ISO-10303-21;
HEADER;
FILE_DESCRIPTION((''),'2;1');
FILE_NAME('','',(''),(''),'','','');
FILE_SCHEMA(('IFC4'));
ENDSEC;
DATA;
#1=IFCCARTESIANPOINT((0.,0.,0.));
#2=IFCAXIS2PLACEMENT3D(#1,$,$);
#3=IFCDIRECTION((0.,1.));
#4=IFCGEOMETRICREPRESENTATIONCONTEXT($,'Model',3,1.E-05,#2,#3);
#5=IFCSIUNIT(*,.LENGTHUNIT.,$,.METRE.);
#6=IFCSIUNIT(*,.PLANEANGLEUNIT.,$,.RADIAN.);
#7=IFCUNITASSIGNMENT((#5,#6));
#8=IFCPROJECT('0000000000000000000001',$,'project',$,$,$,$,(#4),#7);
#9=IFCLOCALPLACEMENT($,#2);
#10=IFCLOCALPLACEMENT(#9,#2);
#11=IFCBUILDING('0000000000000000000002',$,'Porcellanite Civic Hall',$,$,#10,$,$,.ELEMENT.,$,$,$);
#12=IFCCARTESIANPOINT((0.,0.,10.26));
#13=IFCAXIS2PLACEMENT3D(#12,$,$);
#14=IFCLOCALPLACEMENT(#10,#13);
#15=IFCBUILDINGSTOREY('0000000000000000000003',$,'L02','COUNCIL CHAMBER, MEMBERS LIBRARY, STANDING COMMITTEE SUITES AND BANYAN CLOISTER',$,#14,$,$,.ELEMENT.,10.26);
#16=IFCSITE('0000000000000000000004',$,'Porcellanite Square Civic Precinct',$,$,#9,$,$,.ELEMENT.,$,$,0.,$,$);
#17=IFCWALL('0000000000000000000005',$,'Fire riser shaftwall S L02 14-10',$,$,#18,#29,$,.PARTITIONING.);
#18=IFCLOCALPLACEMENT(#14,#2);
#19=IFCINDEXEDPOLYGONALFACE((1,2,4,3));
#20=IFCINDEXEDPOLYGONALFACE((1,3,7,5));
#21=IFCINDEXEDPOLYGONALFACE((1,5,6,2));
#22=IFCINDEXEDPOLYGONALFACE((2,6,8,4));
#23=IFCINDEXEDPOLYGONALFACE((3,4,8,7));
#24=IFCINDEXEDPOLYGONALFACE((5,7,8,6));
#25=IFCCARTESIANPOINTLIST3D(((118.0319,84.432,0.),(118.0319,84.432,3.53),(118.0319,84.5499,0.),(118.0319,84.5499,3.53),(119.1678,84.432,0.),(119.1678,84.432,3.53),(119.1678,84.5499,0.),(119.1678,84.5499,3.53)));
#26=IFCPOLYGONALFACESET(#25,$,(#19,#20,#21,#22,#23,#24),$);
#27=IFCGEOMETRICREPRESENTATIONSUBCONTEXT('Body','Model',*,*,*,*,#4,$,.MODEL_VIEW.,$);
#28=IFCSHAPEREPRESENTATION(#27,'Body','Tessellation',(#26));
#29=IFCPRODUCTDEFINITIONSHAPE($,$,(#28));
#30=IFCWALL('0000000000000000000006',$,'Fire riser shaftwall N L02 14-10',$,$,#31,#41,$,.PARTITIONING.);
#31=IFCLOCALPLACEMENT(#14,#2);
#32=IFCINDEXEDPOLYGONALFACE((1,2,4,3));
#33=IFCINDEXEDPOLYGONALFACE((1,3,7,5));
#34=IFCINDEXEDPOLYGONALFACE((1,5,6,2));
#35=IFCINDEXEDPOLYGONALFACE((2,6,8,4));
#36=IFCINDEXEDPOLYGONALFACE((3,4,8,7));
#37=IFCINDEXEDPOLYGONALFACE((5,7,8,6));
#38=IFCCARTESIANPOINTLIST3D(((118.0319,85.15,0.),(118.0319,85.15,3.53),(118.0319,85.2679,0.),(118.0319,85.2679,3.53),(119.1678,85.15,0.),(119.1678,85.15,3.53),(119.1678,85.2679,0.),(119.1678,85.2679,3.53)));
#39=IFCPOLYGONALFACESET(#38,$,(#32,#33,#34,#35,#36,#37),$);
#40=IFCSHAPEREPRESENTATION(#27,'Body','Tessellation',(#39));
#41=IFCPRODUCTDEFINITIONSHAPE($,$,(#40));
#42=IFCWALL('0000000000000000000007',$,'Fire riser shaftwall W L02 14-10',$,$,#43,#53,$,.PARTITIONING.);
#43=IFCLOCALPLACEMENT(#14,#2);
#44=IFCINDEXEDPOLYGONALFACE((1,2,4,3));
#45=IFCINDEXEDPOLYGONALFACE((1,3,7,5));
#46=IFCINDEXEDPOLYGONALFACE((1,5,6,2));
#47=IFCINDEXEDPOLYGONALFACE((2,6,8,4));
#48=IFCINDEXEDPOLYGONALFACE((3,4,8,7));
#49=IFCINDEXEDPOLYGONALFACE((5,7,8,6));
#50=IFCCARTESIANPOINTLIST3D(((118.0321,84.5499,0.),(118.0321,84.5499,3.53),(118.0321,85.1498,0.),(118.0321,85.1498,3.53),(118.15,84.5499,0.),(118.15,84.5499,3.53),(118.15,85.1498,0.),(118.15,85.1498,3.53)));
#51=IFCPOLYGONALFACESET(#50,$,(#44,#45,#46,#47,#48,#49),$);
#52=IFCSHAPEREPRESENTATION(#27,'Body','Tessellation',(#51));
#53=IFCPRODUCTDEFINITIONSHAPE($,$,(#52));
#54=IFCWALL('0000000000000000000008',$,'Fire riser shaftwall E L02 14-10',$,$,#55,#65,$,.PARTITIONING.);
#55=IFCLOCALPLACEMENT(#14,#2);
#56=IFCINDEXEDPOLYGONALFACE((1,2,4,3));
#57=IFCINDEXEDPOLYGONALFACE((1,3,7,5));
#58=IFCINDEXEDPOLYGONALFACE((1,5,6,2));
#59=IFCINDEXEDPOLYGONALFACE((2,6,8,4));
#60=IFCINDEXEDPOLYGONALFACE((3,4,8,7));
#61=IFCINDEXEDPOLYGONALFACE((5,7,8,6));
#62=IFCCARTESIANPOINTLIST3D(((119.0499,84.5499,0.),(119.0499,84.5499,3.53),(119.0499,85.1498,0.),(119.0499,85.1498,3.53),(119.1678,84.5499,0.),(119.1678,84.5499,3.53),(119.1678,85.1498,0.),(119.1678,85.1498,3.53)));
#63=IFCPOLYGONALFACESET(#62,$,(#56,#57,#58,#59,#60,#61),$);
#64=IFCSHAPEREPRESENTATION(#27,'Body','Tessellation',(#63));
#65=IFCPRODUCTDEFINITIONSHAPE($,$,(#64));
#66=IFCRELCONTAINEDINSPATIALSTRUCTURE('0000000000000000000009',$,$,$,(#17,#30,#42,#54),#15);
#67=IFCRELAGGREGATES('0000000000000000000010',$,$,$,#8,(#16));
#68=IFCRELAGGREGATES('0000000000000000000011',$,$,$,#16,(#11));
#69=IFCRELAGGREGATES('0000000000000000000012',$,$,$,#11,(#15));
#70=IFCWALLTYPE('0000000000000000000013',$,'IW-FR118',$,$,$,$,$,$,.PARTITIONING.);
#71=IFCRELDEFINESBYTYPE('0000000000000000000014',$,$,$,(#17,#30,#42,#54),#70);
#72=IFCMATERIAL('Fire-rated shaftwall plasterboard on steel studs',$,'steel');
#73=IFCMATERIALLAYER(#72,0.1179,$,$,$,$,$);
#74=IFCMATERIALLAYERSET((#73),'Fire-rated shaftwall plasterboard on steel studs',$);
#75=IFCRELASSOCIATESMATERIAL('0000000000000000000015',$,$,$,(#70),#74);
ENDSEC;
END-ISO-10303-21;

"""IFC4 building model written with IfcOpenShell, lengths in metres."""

from ifc_helpers import new_model, si_unit, direction, frame, frame_2d, origin, place, context, subcontext, project, spatial, rectangle, extrude, material, layer, layer_set, type_object, element, save


model = new_model("IFC4")

# Units and contexts
model_context = context("Model", 3, precision=1e-05, world=origin(), true_north=direction((0.0, 1.0)))
body_context = subcontext(model_context, "Body", "Model", "MODEL_VIEW")
ifc_project = project(units=[si_unit("LENGTHUNIT", "METRE"), si_unit("PLANEANGLEUNIT", "RADIAN")], contexts=[model_context])

# Site, building, storey
site_placement = place(None, origin())
site = spatial("IfcSite", under=ifc_project, at=site_placement, Name="Porcellanite Square Civic Precinct", CompositionType="ELEMENT", RefElevation=0.0)
building_placement = place(site_placement, origin())
building = spatial("IfcBuilding", under=site, at=building_placement, Name="Porcellanite Civic Hall", CompositionType="ELEMENT")
storey_placement = place(building_placement, frame((0.0, 0.0, 10.26)))
storey = spatial("IfcBuildingStorey", under=building, at=storey_placement, Name="L02", Description="COUNCIL CHAMBER, MEMBERS LIBRARY, STANDING COMMITTEE SUITES AND BANYAN CLOISTER", CompositionType="ELEMENT", Elevation=10.26)

# Walls
ifc_material_1 = material(Name="Fire-rated shaftwall plasterboard on steel studs", Category="steel")
ifc_layer_1 = layer(ifc_material_1, 0.1179)
ifc_layer_set_1 = layer_set([ifc_layer_1], Name="Fire-rated shaftwall plasterboard on steel studs")
wall_type = type_object("IfcWallType", Name="IW-FR118", PredefinedType="PARTITIONING", material=ifc_layer_set_1)
for number, where, z_axis, x_axis, name in (
    (1, (118.032, 84.491, 0.0), (0.0, 0.0, 1.0), (1.0, 0.0, 0.0), "Fire riser shaftwall S L02 14-10"),
    (2, (118.032, 85.209, 0.0), (0.0, 0.0, 1.0), (1.0, 0.0, 0.0), "Fire riser shaftwall N L02 14-10"),
):
    element("IfcWall", number, at=place(storey_placement, frame(where, z_axis=z_axis, x_axis=x_axis)), inside=storey, type_object=wall_type, Name=name, PredefinedType="PARTITIONING", context=body_context, shape_type="SweptSolid", body=[
        extrude(rectangle(XDim=1.136, YDim=0.1179, at=frame_2d((0.5679, 0.0))), origin(), (0.0, 0.0, 1.0), 3.53),
    ])
for number, where, z_axis, x_axis, name in (
    (3, (118.0911, 84.55, 0.0), (0.0, 0.0, 1.0), (0.0, 1.0, 0.0), "Fire riser shaftwall W L02 14-10"),
    (4, (119.1089, 84.55, 0.0), (0.0, 0.0, 1.0), (0.0, 1.0, 0.0), "Fire riser shaftwall E L02 14-10"),
):
    element("IfcWall", number, at=place(storey_placement, frame(where, z_axis=z_axis, x_axis=x_axis)), inside=storey, type_object=wall_type, Name=name, PredefinedType="PARTITIONING", context=body_context, shape_type="SweptSolid", body=[
        extrude(rectangle(XDim=0.5999, YDim=0.1179, at=frame_2d((0.2998, 0.0))), origin(), (0.0, 0.0, 1.0), 3.53),
    ])

save(model, "model.ifc")
